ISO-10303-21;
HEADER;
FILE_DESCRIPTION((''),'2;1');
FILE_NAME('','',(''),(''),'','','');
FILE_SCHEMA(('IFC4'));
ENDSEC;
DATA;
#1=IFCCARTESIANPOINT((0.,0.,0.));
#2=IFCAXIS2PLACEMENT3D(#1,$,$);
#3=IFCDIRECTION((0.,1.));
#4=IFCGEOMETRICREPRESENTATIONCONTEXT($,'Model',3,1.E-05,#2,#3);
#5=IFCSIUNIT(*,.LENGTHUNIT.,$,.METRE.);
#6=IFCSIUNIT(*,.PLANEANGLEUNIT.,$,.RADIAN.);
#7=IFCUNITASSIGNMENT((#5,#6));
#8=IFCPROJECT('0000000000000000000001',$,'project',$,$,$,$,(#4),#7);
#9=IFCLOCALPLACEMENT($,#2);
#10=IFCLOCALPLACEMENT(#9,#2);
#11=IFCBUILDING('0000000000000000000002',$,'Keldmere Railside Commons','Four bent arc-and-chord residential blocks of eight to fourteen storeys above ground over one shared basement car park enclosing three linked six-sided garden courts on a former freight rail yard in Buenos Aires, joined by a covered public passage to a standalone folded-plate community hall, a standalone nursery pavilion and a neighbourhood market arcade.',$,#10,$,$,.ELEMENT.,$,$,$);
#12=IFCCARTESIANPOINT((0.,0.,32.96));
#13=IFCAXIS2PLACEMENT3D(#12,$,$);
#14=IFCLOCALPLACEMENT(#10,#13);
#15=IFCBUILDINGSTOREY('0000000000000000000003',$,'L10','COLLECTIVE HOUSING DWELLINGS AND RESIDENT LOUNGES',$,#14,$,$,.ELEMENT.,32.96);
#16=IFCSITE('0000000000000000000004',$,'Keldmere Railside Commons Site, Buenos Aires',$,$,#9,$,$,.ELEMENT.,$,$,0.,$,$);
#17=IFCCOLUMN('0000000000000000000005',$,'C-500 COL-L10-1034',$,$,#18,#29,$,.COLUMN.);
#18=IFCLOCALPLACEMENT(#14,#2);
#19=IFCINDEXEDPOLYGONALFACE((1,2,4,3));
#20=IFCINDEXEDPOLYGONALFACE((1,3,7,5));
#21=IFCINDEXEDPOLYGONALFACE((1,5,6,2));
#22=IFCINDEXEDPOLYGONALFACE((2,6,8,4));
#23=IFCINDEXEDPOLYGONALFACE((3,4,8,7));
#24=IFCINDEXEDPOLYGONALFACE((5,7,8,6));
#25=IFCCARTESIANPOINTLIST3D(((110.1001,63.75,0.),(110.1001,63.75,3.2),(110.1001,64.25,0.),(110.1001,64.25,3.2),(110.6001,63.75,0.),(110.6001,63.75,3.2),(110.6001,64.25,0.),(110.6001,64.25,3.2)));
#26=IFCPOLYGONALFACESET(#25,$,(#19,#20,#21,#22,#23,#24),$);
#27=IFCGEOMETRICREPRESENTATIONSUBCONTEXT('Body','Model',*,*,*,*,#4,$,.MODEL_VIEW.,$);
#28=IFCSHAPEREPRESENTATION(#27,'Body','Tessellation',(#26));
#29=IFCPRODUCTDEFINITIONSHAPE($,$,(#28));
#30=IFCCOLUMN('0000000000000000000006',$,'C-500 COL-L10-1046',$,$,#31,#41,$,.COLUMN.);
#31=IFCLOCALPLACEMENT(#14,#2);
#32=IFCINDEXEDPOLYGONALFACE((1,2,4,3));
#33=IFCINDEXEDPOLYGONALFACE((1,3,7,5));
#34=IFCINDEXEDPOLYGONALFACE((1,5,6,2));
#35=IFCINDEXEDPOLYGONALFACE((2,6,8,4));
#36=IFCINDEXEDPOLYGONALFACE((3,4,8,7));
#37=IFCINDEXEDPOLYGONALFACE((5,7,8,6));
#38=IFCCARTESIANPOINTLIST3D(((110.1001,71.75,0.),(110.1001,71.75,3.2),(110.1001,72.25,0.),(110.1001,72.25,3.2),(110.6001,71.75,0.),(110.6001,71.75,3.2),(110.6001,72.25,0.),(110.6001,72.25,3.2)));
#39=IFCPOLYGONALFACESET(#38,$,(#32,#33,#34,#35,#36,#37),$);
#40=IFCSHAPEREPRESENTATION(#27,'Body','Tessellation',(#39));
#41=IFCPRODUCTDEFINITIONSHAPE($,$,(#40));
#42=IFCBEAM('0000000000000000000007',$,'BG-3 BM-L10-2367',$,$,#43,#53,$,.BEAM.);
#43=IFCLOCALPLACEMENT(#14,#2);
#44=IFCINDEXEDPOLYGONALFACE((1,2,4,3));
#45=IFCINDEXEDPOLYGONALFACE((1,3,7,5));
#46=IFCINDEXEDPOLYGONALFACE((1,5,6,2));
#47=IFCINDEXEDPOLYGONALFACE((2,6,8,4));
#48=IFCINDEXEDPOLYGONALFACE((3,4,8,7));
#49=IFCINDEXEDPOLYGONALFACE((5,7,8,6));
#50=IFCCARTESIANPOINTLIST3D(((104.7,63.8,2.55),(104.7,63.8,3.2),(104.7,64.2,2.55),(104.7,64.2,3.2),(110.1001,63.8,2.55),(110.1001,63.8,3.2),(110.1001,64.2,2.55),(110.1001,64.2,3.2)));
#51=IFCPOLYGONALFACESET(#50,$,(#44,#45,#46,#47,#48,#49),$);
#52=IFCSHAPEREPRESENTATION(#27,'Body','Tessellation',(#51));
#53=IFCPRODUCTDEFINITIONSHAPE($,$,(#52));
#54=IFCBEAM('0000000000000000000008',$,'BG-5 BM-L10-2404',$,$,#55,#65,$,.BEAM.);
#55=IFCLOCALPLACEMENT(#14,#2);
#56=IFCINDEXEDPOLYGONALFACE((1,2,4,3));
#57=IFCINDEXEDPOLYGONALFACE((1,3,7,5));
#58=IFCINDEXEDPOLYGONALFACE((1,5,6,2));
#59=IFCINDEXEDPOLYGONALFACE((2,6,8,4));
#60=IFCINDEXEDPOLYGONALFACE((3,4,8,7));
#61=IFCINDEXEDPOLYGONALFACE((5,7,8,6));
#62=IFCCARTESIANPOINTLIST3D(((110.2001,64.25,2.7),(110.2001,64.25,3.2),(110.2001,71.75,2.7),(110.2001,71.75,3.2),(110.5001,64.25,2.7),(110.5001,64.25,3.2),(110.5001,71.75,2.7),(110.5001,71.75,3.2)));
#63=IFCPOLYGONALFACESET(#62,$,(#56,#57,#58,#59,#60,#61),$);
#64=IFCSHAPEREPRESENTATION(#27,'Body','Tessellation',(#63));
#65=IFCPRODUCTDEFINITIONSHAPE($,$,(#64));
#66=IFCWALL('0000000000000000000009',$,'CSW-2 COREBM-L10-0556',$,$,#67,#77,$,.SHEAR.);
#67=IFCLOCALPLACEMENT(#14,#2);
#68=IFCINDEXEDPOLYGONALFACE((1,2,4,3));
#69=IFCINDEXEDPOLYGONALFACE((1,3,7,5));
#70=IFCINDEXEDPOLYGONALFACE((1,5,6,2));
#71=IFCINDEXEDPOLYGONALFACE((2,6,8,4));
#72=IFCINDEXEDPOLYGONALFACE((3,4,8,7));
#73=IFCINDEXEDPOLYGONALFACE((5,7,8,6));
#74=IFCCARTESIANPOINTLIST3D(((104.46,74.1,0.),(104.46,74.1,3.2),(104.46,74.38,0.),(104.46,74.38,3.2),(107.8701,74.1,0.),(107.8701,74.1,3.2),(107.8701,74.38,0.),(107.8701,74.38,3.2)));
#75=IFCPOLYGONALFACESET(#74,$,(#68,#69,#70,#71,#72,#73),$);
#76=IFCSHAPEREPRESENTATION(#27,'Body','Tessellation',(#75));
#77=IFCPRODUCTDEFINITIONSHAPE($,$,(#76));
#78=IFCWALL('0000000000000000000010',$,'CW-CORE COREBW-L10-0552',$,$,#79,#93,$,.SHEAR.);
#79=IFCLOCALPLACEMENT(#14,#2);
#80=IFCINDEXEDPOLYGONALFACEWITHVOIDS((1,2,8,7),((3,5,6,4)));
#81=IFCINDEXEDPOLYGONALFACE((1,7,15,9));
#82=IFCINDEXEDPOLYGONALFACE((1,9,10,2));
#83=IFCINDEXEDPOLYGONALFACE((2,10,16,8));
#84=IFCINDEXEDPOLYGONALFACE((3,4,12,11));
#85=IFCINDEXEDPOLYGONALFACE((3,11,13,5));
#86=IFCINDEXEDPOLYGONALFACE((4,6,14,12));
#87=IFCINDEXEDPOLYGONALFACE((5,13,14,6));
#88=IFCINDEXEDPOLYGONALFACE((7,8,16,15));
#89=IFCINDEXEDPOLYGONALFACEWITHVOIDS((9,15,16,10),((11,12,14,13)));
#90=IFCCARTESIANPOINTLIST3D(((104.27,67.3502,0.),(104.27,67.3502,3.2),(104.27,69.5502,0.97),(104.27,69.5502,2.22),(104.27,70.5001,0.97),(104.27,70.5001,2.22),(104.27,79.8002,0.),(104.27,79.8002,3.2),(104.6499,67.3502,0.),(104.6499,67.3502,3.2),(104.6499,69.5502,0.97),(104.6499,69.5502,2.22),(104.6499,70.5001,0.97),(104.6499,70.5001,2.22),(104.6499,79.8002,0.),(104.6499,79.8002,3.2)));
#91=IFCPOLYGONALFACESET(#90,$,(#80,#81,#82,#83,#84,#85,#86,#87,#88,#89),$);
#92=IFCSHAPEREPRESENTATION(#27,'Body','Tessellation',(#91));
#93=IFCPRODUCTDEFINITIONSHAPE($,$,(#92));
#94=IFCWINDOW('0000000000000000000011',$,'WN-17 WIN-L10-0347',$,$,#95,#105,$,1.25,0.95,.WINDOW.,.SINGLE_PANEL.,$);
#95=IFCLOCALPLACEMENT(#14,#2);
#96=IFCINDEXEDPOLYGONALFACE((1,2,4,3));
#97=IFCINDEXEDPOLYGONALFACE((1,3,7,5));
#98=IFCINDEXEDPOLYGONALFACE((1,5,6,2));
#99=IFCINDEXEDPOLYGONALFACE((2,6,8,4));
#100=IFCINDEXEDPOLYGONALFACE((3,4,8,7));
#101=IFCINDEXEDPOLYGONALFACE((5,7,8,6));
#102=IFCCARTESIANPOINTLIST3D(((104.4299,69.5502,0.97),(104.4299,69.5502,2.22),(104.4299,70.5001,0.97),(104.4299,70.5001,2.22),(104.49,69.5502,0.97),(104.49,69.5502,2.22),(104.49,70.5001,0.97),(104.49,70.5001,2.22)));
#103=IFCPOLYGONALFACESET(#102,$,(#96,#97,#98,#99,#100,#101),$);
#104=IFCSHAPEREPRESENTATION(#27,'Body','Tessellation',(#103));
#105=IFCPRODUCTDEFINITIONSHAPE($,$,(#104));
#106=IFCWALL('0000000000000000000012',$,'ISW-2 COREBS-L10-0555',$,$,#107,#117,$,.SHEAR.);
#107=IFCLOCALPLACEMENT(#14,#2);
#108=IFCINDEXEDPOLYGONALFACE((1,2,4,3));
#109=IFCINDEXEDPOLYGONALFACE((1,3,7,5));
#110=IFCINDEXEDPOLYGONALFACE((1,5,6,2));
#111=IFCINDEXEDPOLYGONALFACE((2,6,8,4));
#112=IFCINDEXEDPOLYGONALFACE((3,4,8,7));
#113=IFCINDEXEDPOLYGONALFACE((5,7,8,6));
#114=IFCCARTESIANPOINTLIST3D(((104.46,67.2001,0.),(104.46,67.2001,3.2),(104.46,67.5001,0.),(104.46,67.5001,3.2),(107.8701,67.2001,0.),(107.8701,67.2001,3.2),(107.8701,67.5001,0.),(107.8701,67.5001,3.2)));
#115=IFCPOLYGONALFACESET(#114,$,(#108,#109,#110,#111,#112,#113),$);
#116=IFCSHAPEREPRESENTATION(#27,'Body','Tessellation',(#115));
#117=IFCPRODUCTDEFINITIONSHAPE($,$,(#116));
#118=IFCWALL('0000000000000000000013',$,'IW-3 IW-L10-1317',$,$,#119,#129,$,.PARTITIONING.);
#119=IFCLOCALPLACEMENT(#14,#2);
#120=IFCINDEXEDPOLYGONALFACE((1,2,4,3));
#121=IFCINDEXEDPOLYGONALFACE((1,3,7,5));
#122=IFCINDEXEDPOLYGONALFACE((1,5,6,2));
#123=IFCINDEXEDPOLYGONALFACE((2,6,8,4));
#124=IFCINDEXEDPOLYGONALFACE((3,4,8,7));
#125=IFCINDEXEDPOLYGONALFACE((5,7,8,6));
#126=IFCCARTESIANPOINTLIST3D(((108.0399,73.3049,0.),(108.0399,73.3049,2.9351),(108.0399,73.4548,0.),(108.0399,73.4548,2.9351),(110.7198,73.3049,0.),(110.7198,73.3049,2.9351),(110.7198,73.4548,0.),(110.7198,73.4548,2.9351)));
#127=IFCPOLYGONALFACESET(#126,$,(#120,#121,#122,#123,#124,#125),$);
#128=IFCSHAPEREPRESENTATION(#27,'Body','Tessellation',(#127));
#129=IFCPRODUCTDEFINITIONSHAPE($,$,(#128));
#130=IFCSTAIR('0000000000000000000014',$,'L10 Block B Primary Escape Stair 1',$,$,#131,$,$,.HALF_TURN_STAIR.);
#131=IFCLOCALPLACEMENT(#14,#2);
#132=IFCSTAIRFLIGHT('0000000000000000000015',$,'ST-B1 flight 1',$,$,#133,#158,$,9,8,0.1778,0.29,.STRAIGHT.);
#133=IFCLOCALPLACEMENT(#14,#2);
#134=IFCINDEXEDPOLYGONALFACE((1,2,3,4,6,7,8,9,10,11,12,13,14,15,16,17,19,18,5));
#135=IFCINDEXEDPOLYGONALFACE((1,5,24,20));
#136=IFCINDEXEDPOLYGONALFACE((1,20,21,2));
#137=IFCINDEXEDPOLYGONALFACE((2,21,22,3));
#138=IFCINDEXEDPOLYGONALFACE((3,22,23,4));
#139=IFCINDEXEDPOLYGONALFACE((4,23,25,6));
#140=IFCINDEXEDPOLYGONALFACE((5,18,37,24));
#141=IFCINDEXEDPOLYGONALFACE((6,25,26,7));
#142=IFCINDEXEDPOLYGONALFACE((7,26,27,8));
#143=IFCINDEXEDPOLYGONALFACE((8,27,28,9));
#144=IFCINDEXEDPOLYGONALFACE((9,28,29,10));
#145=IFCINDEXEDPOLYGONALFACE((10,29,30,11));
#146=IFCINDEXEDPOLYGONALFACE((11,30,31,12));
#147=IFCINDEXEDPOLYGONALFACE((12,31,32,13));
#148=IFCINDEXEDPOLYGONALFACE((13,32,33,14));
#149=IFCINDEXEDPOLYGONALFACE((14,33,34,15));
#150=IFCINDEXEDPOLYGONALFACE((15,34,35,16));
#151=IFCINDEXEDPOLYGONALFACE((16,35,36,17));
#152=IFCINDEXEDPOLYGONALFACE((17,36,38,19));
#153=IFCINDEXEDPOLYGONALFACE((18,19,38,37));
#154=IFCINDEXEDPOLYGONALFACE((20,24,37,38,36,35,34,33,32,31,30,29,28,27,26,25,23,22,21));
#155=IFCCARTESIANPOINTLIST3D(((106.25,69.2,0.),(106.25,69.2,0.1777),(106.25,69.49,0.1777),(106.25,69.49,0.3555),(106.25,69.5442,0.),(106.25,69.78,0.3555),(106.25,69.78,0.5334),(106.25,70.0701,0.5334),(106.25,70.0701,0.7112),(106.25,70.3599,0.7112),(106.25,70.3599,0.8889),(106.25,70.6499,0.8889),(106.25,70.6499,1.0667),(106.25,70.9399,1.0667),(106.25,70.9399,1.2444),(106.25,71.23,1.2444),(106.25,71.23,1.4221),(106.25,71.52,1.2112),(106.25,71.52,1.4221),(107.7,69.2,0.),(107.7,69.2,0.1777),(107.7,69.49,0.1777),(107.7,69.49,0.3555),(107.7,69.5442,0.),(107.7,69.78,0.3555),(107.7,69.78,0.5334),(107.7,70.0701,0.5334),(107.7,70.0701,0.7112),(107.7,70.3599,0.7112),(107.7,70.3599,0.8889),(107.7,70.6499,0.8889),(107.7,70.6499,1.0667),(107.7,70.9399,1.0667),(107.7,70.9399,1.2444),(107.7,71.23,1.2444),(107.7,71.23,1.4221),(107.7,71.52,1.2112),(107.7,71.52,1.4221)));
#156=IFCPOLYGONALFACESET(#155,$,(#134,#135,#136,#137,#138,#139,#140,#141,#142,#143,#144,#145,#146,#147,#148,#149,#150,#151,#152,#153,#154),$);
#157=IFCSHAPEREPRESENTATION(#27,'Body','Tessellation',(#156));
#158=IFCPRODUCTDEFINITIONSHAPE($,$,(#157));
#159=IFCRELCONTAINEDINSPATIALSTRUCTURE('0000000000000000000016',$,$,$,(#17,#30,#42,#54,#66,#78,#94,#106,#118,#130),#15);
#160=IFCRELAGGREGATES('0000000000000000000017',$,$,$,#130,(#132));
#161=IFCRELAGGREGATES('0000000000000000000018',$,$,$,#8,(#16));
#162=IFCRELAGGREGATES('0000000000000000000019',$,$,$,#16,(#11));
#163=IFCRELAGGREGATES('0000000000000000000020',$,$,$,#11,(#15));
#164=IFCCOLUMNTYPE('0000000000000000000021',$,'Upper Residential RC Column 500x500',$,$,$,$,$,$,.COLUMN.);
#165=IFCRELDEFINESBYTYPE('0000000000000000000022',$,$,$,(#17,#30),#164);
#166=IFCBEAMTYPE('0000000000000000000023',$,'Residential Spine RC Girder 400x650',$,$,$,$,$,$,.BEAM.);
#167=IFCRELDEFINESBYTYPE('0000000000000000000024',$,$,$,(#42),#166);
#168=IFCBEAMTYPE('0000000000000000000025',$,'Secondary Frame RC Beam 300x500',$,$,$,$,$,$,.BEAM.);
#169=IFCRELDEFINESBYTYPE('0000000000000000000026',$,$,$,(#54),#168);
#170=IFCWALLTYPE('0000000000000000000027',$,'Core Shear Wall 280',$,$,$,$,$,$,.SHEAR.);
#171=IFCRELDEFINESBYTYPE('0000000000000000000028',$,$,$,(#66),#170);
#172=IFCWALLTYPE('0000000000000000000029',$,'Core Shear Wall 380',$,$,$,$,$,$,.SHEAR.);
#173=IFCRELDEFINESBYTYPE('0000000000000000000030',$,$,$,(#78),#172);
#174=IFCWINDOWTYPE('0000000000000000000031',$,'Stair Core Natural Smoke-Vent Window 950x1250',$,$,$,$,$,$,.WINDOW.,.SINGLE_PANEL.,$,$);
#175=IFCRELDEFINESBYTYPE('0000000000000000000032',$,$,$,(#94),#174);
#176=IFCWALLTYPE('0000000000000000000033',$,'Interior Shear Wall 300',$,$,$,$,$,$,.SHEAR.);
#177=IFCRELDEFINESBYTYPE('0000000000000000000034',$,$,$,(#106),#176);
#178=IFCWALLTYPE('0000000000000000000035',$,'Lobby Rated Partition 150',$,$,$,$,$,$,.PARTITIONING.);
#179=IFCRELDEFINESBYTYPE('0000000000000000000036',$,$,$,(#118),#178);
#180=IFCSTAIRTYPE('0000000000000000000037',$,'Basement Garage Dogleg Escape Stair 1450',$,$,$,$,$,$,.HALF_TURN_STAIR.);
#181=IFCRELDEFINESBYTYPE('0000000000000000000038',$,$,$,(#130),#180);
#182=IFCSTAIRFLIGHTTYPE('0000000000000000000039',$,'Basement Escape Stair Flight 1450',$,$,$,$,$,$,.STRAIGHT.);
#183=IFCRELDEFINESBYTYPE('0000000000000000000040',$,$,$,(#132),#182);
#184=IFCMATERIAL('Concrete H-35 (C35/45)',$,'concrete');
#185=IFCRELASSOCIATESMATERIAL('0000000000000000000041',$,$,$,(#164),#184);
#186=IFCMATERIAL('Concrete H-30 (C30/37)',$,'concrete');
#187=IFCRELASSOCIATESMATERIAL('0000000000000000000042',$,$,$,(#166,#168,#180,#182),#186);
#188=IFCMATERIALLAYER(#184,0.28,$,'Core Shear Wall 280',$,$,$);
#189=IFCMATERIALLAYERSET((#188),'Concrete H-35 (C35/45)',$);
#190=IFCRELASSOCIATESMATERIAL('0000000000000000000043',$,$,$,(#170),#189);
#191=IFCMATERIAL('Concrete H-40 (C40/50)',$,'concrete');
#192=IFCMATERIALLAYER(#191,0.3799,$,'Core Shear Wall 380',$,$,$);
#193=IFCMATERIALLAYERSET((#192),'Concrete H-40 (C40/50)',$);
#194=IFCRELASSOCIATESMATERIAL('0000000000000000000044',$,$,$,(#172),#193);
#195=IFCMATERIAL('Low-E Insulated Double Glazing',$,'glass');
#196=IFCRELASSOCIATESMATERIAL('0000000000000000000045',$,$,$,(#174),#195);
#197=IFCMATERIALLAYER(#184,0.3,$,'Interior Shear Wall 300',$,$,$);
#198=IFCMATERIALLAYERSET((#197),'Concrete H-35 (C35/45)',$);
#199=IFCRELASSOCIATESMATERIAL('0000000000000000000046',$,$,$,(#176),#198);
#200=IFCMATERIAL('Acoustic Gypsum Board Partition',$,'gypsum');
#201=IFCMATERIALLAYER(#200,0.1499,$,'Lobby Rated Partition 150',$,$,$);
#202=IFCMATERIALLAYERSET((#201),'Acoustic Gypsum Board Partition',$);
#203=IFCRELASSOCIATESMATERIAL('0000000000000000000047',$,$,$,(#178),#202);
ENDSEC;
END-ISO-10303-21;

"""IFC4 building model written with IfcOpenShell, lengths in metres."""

from ifc_helpers import new_model, si_unit, direction, frame, frame_2d, origin, origin_2d, place, context, subcontext, project, spatial, polyline, rectangle, outline, extrude, material, layer, layer_set, material_profile, profile_set, type_object, element, fill, aggregate, save


model = new_model("IFC4")

# Units and contexts
model_context = context("Model", 3, precision=1e-05, world=origin(), true_north=direction((0.0, 1.0)))
body_context = subcontext(model_context, "Body", "Model", "MODEL_VIEW")
ifc_project = project(units=[si_unit("LENGTHUNIT", "METRE"), si_unit("PLANEANGLEUNIT", "RADIAN")], contexts=[model_context])

# Site, building, storey
site_placement = place(None, origin())
site = spatial("IfcSite", under=ifc_project, at=site_placement, Name="Keldmere Railside Commons Site, Buenos Aires", CompositionType="ELEMENT", RefElevation=0.0)
building_placement = place(site_placement, origin())
building = spatial("IfcBuilding", under=site, at=building_placement, Name="Keldmere Railside Commons", Description="Four bent arc-and-chord residential blocks of eight to fourteen storeys above ground over one shared basement car park enclosing three linked six-sided garden courts on a former freight rail yard in Buenos Aires, joined by a covered public passage to a standalone folded-plate community hall, a standalone nursery pavilion and a neighbourhood market arcade.", CompositionType="ELEMENT")
storey_placement = place(building_placement, frame((0.0, 0.0, 32.96)))
storey = spatial("IfcBuildingStorey", under=building, at=storey_placement, Name="L10", Description="COLLECTIVE HOUSING DWELLINGS AND RESIDENT LOUNGES", CompositionType="ELEMENT", Elevation=32.96)

# Columns
ifc_material_1 = material(Name="Concrete H-35 (C35/45)", Category="concrete")
ifc_material_profile_1 = material_profile(ifc_material_1, rectangle(XDim=0.5, YDim=0.5, at=origin_2d()), Name="RC-500x500")
ifc_profile_set_1 = profile_set([ifc_material_profile_1], Name="Concrete H-35 (C35/45)")
column_type = type_object("IfcColumnType", Name="Upper Residential RC Column 500x500", PredefinedType="COLUMN", material=ifc_profile_set_1)
for number, where, z_axis, x_axis, name in (
    (1, (110.3501, 64.0, 0.0), (0.0, 0.0, 1.0), (1.0, 0.0, 0.0), "C-500 COL-L10-1034"),
    (2, (110.3501, 72.0, 0.0), (0.0, 0.0, 1.0), (1.0, 0.0, 0.0), "C-500 COL-L10-1046"),
):
    element("IfcColumn", number, at=place(storey_placement, frame(where, z_axis=z_axis, x_axis=x_axis)), inside=storey, type_object=column_type, Name=name, PredefinedType="COLUMN", context=body_context, shape_type="SweptSolid", body=[
        extrude(rectangle(XDim=0.5, YDim=0.5, at=origin_2d()), origin(), (0.0, 0.0, 1.0), 3.2),
    ])

# Beams
ifc_material_2 = material(Name="Concrete H-30 (C30/37)", Category="concrete")
ifc_material_profile_2 = material_profile(ifc_material_2, rectangle(XDim=0.3999, YDim=0.6499, at=origin_2d()), Name="RC-400x650")
ifc_profile_set_2 = profile_set([ifc_material_profile_2], Name="Concrete H-30 (C30/37)")
beam_type_1 = type_object("IfcBeamType", Name="Residential Spine RC Girder 400x650", PredefinedType="BEAM", material=ifc_profile_set_2)
beam_1_placement = place(storey_placement, frame((104.7, 64.0, 2.875), z_axis=(1.0, 0.0, 0.0), x_axis=(0.0, 1.0, 0.0)))
element("IfcBeam", 3, at=beam_1_placement, inside=storey, type_object=beam_type_1, Name="BG-3 BM-L10-2367", PredefinedType="BEAM", context=body_context, shape_type="SweptSolid", body=[
    extrude(rectangle(XDim=0.3999, YDim=0.6499, at=origin_2d()), origin(), (0.0, 0.0, 1.0), 5.4001),
])
ifc_material_profile_3 = material_profile(ifc_material_2, rectangle(XDim=0.3, YDim=0.5, at=origin_2d()), Name="RC-300x500")
ifc_profile_set_3 = profile_set([ifc_material_profile_3], Name="Concrete H-30 (C30/37)")
beam_type_2 = type_object("IfcBeamType", Name="Secondary Frame RC Beam 300x500", PredefinedType="BEAM", material=ifc_profile_set_3)
beam_2_placement = place(storey_placement, frame((110.3501, 64.25, 2.95), z_axis=(0.0, 1.0, 0.0), x_axis=(-1.0, 0.0, 0.0)))
element("IfcBeam", 4, at=beam_2_placement, inside=storey, type_object=beam_type_2, Name="BG-5 BM-L10-2404", PredefinedType="BEAM", context=body_context, shape_type="SweptSolid", body=[
    extrude(rectangle(XDim=0.3, YDim=0.5, at=origin_2d()), origin(), (0.0, 0.0, 1.0), 7.5),
])

# Wall
ifc_layer_1 = layer(ifc_material_1, 0.28, Name="Core Shear Wall 280")
ifc_layer_set_1 = layer_set([ifc_layer_1], Name="Concrete H-35 (C35/45)")
wall_type_1 = type_object("IfcWallType", Name="Core Shear Wall 280", PredefinedType="SHEAR", material=ifc_layer_set_1)
wall_1_placement = place(storey_placement, frame((104.46, 74.24, 0.0), z_axis=(0.0, 0.0, 1.0), x_axis=(1.0, 0.0, 0.0)))
element("IfcWall", 5, at=wall_1_placement, inside=storey, type_object=wall_type_1, Name="CSW-2 COREBM-L10-0556", PredefinedType="SHEAR", context=body_context, shape_type="SweptSolid", body=[
    extrude(rectangle(XDim=3.4102, YDim=0.28, at=frame_2d((1.7051, 0.0))), origin(), (0.0, 0.0, 1.0), 3.2),
])

# Wall, opening, window
ifc_material_3 = material(Name="Concrete H-40 (C40/50)", Category="concrete")
ifc_layer_2 = layer(ifc_material_3, 0.3799, Name="Core Shear Wall 380")
ifc_layer_set_2 = layer_set([ifc_layer_2], Name="Concrete H-40 (C40/50)")
wall_type_2 = type_object("IfcWallType", Name="Core Shear Wall 380", PredefinedType="SHEAR", material=ifc_layer_set_2)
wall_2_placement = place(storey_placement, frame((104.46, 67.3501, 0.0), z_axis=(0.0, 0.0, 1.0), x_axis=(0.0, 1.0, 0.0)))
wall_2 = element("IfcWall", 6, at=wall_2_placement, inside=storey, type_object=wall_type_2, Name="CW-CORE COREBW-L10-0552", PredefinedType="SHEAR", context=body_context, shape_type="SweptSolid", body=[
    extrude(rectangle(XDim=12.45, YDim=0.3799, at=frame_2d((6.2251, 0.0))), origin(), (0.0, 0.0, 1.0), 3.2),
])
opening_1_placement = place(wall_2_placement, frame((2.2, 0.0, 0.97)))
opening_1 = element("IfcOpeningElement", 7, at=opening_1_placement, cuts=wall_2, PredefinedType="OPENING", context=body_context, shape_type="SweptSolid", body=[
    extrude(rectangle(XDim=0.95, YDim=1.25, at=frame_2d((0.4751, 0.625))), frame((0.0, 0.2, 0.0), z_axis=(0.0, -1.0, 0.0), x_axis=(1.0, 0.0, 0.0)), (0.0, 0.0, 1.0), 0.3999),
])
ifc_material_4 = material(Name="Low-E Insulated Double Glazing", Category="glass")
window_type = type_object("IfcWindowType", Name="Stair Core Natural Smoke-Vent Window 950x1250", PartitioningType="SINGLE_PANEL", PredefinedType="WINDOW", material=ifc_material_4)
window_placement = place(opening_1_placement, origin())
window = element("IfcWindow", 8, at=window_placement, inside=storey, type_object=window_type, Name="WN-17 WIN-L10-0347", OverallHeight=1.25, OverallWidth=0.95, PartitioningType="SINGLE_PANEL", PredefinedType="WINDOW", context=body_context, shape_type="SweptSolid", body=[
    extrude(rectangle(XDim=0.95, YDim=1.25, at=frame_2d((0.4751, 0.625))), frame((0.0, 0.03, 0.0), z_axis=(0.0, -1.0, 0.0), x_axis=(1.0, 0.0, 0.0)), (0.0, 0.0, 1.0), 0.0601),
])
fill(opening_1, window)

# Walls
ifc_layer_3 = layer(ifc_material_1, 0.3, Name="Interior Shear Wall 300")
ifc_layer_set_3 = layer_set([ifc_layer_3], Name="Concrete H-35 (C35/45)")
wall_type_3 = type_object("IfcWallType", Name="Interior Shear Wall 300", PredefinedType="SHEAR", material=ifc_layer_set_3)
wall_3_placement = place(storey_placement, frame((107.8701, 67.3501, 0.0), z_axis=(0.0, 0.0, 1.0), x_axis=(-1.0, 0.0, 0.0)))
element("IfcWall", 9, at=wall_3_placement, inside=storey, type_object=wall_type_3, Name="ISW-2 COREBS-L10-0555", PredefinedType="SHEAR", context=body_context, shape_type="SweptSolid", body=[
    extrude(rectangle(XDim=3.4102, YDim=0.3, at=frame_2d((1.7051, 0.0))), origin(), (0.0, 0.0, 1.0), 3.2),
])
ifc_material_5 = material(Name="Acoustic Gypsum Board Partition", Category="gypsum")
ifc_layer_4 = layer(ifc_material_5, 0.1499, Name="Lobby Rated Partition 150")
ifc_layer_set_4 = layer_set([ifc_layer_4], Name="Acoustic Gypsum Board Partition")
wall_type_4 = type_object("IfcWallType", Name="Lobby Rated Partition 150", PredefinedType="PARTITIONING", material=ifc_layer_set_4)
wall_4_placement = place(storey_placement, frame((108.04, 73.3799, 0.0), z_axis=(0.0, 0.0, 1.0), x_axis=(1.0, 0.0, 0.0)))
element("IfcWall", 10, at=wall_4_placement, inside=storey, type_object=wall_type_4, Name="IW-3 IW-L10-1317", PredefinedType="PARTITIONING", context=body_context, shape_type="SweptSolid", body=[
    extrude(rectangle(XDim=2.6799, YDim=0.1499, at=frame_2d((1.3398, 0.0))), origin(), (0.0, 0.0, 1.0), 2.9351),
])

# Stair, stair flight
stair_type = type_object("IfcStairType", Name="Basement Garage Dogleg Escape Stair 1450", PredefinedType="HALF_TURN_STAIR", material=ifc_material_2)
stair_placement = place(storey_placement, origin())
stair = element("IfcStair", 11, at=stair_placement, inside=storey, type_object=stair_type, Name="L10 Block B Primary Escape Stair 1", PredefinedType="HALF_TURN_STAIR")
stair_flight_type = type_object("IfcStairFlightType", Name="Basement Escape Stair Flight 1450", PredefinedType="STRAIGHT", material=ifc_material_2)
stair_flight_1_placement = place(storey_placement, frame((106.9751, 69.2, 0.0), z_axis=(0.0, 0.0, 1.0), x_axis=(0.0, 1.0, 0.0)))
stair_flight_1 = element("IfcStairFlight", 12, at=stair_flight_1_placement, type_object=stair_flight_type, Name="ST-B1 flight 1", NumberOfRisers=9, NumberOfTreads=8, PredefinedType="STRAIGHT", RiserHeight=0.1778, TreadLength=0.29, context=body_context, shape_type="SweptSolid", body=[
    extrude(outline(polyline([(0.0, 0.0), (0.0, 0.1777), (0.29, 0.1777), (0.29, 0.3555), (0.5801, 0.3555), (0.5801, 0.5334), (0.8701, 0.5334), (0.8701, 0.7112), (1.1599, 0.7112), (1.1599, 0.8889), (1.45, 0.8889), (1.45, 1.0667), (1.74, 1.0667), (1.74, 1.2444), (2.03, 1.2444), (2.03, 1.4221), (2.3201, 1.4221), (2.3201, 1.6001), (2.3201, 1.2112), (0.3442, 0.0), (0.0, 0.0)])), frame((0.0, 0.7251, 0.0), z_axis=(0.0, -1.0, 0.0), x_axis=(1.0, 0.0, 0.0)), (0.0, 0.0, 1.0), 1.45),
])
aggregate(stair, [stair_flight_1])

save(model, "model.ifc")
